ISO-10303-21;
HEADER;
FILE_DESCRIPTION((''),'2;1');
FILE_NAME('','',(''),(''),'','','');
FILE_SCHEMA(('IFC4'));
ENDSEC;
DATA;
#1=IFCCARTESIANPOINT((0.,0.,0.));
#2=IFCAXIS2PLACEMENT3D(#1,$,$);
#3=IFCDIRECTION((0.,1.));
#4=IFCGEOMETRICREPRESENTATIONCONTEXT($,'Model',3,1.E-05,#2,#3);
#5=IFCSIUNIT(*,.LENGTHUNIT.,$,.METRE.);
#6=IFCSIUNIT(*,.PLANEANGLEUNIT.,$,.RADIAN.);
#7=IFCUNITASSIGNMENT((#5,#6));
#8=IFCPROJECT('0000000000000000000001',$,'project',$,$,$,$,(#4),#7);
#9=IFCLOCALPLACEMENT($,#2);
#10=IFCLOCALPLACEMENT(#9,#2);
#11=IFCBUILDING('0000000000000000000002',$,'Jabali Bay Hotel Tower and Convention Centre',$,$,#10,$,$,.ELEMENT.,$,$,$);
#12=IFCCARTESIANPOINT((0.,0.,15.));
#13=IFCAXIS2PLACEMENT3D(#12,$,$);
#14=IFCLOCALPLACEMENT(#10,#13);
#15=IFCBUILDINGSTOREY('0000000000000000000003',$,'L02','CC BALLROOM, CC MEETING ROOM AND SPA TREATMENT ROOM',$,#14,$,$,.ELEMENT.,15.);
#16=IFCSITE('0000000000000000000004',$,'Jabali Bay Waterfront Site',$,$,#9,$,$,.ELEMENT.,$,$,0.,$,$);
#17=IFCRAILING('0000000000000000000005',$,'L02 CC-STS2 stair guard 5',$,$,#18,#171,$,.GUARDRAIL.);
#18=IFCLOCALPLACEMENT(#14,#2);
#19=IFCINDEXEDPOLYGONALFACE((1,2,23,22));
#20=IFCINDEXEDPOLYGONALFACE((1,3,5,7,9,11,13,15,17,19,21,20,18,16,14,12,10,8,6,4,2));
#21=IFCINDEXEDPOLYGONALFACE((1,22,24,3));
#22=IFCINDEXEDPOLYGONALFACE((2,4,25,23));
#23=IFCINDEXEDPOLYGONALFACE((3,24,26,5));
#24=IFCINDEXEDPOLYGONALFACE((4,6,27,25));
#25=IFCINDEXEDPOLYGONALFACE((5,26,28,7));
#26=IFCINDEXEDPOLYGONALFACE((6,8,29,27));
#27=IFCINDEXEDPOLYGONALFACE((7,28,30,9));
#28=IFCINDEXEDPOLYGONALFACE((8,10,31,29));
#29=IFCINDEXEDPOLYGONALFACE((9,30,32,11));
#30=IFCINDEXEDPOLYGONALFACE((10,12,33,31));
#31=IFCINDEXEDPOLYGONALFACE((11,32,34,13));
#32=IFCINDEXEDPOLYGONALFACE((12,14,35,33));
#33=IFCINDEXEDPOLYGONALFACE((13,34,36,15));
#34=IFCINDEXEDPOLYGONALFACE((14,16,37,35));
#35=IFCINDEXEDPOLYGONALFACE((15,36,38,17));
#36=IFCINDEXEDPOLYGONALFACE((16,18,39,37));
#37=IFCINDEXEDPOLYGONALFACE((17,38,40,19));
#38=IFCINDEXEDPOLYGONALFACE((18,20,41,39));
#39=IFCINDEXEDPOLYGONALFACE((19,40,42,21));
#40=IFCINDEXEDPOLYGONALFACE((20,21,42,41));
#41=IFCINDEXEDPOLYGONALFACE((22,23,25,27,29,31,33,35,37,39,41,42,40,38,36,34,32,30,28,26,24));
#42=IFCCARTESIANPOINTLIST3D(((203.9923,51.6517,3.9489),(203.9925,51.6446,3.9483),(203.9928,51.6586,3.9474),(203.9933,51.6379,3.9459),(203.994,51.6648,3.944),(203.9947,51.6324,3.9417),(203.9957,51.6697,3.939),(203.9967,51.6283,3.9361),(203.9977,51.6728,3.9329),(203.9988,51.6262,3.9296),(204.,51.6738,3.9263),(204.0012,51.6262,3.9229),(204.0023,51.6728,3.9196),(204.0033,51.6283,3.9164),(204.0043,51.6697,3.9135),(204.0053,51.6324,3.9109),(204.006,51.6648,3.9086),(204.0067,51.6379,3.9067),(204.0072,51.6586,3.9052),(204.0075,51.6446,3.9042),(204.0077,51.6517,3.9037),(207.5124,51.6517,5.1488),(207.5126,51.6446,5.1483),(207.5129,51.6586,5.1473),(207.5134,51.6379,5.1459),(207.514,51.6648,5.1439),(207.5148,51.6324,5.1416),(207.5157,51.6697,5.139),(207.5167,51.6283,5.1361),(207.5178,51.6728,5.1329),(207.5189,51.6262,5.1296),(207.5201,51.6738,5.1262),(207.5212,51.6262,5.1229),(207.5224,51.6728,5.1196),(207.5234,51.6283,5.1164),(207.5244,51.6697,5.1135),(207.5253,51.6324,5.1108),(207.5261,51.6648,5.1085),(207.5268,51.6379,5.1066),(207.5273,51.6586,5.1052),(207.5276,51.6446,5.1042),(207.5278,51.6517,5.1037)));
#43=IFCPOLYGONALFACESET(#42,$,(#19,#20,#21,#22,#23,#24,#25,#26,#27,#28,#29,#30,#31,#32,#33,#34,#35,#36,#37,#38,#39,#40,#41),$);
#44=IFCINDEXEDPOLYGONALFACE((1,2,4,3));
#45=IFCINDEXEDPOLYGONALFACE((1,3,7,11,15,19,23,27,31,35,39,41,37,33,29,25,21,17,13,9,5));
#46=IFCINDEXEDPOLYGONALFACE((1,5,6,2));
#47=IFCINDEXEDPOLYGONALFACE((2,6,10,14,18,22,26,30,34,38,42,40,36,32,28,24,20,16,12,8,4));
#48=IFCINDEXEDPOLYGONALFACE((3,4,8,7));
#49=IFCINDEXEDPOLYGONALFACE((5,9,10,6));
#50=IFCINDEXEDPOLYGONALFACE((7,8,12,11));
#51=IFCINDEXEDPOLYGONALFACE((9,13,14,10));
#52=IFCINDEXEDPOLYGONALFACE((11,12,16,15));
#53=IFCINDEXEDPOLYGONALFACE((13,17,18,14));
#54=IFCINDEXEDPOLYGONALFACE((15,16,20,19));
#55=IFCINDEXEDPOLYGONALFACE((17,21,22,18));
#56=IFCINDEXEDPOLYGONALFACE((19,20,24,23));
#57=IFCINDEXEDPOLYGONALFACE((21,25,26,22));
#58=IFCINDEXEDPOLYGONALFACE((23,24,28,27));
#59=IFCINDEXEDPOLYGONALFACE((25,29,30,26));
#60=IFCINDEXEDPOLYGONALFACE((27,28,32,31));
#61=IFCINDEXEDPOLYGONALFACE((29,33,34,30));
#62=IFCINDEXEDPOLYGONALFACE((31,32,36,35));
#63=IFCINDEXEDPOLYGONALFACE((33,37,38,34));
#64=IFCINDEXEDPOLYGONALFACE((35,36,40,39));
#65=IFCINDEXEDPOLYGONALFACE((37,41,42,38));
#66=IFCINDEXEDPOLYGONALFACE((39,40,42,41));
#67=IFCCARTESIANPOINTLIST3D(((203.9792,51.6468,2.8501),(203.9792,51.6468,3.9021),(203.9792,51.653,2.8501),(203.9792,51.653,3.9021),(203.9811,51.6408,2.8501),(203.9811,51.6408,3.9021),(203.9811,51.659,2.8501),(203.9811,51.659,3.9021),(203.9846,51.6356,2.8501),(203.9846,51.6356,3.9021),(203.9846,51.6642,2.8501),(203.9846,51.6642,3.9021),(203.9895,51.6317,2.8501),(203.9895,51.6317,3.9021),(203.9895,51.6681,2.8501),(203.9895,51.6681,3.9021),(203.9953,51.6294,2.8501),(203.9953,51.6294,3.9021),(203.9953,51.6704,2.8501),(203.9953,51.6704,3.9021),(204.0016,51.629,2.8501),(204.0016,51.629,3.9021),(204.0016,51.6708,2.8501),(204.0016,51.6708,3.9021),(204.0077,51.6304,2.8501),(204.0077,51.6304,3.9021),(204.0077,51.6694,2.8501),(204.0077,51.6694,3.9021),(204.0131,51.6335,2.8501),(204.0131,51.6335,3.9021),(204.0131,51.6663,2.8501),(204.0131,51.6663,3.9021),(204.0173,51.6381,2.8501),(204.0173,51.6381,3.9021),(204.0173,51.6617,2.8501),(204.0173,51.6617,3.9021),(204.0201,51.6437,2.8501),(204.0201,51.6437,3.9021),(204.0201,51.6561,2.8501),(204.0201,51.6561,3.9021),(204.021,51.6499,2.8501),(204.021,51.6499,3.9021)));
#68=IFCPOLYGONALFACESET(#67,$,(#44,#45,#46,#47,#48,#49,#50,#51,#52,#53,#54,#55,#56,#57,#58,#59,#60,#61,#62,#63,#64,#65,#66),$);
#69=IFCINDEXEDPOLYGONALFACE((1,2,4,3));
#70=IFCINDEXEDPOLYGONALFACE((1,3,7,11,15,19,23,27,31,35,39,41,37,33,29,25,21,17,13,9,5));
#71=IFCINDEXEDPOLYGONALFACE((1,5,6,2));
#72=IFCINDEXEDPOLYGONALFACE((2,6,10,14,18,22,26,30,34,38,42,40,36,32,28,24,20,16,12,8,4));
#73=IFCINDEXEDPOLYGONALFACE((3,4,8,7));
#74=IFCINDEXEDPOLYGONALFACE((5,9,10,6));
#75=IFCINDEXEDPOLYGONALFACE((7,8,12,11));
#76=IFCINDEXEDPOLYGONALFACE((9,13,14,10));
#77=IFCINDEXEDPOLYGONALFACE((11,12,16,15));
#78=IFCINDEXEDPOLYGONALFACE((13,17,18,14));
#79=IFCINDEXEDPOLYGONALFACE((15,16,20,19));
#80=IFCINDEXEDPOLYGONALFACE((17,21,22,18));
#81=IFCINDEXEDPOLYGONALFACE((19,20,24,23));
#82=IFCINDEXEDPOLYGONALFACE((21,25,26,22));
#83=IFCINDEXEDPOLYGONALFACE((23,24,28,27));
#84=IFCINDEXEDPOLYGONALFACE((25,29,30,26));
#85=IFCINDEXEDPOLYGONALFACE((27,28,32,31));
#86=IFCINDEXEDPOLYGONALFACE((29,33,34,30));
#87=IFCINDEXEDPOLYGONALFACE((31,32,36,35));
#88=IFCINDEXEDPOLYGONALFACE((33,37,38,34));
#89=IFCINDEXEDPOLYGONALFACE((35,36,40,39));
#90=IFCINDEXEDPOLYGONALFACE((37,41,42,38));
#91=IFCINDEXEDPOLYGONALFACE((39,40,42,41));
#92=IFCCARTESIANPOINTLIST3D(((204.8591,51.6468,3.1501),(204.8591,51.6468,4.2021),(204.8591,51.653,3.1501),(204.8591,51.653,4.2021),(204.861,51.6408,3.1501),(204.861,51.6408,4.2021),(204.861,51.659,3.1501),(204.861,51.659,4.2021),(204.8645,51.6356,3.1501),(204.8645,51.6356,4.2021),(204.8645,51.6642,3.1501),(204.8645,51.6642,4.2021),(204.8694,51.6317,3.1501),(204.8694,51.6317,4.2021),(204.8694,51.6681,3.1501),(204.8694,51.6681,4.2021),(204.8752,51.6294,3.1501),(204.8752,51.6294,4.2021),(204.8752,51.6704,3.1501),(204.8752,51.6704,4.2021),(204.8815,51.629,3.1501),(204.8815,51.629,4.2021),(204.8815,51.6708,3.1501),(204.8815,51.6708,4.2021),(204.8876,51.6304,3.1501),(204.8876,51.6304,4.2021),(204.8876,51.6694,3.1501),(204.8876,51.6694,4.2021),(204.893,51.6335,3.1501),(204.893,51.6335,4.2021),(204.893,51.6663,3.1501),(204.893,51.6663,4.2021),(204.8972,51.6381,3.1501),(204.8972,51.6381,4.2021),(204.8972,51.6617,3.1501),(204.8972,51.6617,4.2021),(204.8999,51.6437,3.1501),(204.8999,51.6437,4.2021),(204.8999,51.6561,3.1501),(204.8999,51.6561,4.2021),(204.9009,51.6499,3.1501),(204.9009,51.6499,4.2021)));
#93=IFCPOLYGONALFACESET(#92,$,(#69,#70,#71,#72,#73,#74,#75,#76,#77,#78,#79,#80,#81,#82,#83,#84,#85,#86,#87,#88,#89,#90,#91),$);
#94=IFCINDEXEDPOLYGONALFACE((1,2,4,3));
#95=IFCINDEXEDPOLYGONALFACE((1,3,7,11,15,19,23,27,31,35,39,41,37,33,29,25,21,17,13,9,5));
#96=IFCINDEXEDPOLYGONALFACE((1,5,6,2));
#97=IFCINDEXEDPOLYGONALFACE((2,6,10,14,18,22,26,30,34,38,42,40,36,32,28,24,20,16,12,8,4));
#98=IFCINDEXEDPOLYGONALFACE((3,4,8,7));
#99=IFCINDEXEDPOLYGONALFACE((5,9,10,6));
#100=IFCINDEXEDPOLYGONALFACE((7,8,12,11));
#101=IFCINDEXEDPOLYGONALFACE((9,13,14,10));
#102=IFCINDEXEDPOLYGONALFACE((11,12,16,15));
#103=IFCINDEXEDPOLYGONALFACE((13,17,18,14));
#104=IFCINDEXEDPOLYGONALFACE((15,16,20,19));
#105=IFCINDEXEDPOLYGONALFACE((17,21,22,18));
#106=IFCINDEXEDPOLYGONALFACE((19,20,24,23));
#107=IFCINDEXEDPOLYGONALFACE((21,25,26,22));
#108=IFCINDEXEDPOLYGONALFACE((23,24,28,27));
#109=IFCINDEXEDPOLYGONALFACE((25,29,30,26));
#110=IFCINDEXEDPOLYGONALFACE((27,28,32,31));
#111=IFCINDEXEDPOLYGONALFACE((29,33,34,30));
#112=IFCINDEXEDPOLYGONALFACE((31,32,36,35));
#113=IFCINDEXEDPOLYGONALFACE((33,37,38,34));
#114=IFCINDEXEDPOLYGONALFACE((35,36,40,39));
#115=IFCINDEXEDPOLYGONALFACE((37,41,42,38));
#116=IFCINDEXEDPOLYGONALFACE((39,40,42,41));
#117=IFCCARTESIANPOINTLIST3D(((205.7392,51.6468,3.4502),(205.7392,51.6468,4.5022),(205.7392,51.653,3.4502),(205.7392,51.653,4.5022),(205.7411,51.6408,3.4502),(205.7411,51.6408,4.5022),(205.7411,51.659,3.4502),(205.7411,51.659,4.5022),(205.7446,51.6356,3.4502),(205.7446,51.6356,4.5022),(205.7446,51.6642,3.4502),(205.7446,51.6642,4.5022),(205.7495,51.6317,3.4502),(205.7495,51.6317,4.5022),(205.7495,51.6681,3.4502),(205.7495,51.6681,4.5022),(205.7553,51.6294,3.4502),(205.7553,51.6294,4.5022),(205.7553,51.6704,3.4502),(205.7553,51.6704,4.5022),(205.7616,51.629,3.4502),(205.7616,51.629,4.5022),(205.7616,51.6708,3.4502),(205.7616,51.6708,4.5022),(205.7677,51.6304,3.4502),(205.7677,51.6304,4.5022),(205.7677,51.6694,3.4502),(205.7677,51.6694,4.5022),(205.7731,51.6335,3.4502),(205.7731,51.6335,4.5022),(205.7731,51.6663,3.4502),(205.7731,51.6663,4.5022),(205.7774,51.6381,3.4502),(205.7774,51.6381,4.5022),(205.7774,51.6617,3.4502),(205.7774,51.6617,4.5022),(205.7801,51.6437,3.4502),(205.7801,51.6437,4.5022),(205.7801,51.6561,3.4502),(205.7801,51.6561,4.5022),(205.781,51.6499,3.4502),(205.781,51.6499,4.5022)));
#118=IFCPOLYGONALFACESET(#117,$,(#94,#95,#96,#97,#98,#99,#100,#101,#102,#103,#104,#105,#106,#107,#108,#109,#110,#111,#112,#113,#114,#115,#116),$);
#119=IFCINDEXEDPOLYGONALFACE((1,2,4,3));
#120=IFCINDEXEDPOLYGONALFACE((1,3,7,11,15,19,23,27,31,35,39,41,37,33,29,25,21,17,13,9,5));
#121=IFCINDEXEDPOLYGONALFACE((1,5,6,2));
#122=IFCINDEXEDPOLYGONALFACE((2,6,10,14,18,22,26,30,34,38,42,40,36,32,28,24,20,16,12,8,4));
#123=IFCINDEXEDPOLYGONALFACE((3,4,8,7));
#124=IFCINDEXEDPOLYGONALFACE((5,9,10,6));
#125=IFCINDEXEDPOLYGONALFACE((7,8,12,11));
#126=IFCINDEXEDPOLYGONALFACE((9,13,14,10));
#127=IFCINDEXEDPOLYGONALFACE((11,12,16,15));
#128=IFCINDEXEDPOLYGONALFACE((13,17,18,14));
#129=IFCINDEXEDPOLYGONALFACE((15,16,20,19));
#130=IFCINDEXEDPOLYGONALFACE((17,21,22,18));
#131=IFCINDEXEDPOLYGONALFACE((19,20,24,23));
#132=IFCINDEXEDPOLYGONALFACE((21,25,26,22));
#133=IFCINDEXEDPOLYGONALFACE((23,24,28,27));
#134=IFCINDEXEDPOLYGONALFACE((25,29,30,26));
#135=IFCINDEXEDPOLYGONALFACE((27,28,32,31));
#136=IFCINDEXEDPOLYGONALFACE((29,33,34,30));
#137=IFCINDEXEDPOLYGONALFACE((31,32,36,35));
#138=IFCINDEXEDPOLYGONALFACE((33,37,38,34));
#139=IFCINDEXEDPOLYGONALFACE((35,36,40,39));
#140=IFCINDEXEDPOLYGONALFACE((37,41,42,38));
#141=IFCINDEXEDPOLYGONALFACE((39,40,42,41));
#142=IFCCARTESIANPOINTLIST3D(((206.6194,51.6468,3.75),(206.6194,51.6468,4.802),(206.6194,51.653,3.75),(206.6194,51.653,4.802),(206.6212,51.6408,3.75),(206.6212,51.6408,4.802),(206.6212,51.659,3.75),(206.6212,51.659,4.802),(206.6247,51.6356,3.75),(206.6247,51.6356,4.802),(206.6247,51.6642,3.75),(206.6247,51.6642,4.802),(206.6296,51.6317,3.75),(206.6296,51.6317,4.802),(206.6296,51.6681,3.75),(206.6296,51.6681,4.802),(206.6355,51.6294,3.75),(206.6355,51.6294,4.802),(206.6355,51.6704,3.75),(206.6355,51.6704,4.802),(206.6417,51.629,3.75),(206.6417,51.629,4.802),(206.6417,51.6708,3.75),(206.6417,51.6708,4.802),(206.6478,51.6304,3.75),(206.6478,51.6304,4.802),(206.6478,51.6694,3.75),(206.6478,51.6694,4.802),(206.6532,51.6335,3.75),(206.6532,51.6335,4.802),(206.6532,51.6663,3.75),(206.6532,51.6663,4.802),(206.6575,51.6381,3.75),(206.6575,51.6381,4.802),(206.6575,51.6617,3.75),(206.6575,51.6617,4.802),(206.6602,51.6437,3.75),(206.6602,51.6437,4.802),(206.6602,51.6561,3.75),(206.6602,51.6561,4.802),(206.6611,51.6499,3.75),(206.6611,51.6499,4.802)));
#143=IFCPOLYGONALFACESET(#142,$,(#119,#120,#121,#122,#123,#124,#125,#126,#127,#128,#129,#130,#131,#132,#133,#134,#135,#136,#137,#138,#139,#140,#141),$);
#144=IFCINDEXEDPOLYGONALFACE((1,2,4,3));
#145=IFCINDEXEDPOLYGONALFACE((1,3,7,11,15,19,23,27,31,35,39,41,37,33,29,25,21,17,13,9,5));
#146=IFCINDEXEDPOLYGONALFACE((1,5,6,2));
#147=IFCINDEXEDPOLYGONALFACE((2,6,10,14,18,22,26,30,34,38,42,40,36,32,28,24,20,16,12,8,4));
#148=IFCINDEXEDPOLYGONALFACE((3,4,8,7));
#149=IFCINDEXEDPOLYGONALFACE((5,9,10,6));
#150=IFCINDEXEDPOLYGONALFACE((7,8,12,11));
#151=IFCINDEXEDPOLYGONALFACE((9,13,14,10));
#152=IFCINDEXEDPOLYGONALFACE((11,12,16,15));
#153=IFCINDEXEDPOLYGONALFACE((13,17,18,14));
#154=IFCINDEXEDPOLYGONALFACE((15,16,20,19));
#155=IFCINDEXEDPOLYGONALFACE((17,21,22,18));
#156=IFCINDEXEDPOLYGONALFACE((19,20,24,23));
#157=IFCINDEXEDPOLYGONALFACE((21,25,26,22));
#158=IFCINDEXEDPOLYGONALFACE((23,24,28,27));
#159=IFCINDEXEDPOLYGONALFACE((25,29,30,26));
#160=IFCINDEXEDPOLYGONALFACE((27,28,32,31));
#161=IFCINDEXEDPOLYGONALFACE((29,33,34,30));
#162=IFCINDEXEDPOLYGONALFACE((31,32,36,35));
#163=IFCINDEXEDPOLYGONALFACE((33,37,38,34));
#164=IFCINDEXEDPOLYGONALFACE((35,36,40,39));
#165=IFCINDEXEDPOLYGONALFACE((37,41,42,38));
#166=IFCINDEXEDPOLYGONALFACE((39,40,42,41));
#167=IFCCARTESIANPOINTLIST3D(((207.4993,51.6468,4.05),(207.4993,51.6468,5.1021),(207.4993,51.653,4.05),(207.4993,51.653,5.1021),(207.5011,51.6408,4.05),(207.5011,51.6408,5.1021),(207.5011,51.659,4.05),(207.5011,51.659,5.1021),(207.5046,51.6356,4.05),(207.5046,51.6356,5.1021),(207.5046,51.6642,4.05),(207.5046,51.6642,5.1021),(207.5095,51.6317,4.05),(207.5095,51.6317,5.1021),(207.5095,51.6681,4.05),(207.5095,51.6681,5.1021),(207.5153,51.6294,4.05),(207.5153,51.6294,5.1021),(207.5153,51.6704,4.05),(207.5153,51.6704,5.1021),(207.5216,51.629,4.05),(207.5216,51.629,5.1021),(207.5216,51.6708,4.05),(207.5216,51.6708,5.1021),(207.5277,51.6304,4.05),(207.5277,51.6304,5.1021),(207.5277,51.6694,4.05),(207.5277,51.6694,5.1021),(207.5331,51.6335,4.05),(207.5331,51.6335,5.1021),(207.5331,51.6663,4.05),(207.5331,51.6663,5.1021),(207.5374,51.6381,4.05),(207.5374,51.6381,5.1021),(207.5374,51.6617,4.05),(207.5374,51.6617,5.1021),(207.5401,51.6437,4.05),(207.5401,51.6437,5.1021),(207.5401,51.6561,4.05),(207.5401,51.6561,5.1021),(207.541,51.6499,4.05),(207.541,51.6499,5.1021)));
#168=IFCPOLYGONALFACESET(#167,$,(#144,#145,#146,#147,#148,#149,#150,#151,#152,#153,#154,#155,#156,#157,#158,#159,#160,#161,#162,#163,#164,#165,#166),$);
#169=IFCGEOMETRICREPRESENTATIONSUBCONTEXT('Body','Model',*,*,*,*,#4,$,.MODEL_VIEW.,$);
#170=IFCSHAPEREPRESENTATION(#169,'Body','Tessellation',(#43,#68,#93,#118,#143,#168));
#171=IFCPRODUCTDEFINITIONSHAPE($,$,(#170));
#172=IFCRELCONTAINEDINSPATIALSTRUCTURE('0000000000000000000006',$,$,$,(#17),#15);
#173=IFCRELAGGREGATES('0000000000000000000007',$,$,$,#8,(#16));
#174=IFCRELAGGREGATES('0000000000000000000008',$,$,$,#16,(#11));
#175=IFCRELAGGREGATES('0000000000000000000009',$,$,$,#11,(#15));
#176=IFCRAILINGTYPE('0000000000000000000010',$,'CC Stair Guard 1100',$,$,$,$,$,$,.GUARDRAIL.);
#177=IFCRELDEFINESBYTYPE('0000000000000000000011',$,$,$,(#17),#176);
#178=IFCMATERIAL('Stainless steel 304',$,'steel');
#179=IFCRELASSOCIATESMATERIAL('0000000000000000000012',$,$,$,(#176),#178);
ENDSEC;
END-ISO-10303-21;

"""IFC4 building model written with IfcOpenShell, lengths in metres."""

from ifc_helpers import new_model, si_unit, direction, frame, origin, origin_2d, place, context, subcontext, project, spatial, circle, extrude, material, type_object, element, save


model = new_model("IFC4")

# Units and contexts
model_context = context("Model", 3, precision=1e-05, world=origin(), true_north=direction((0.0, 1.0)))
body_context = subcontext(model_context, "Body", "Model", "MODEL_VIEW")
ifc_project = project(units=[si_unit("LENGTHUNIT", "METRE"), si_unit("PLANEANGLEUNIT", "RADIAN")], contexts=[model_context])

# Site, building, storey
site_placement = place(None, origin())
site = spatial("IfcSite", under=ifc_project, at=site_placement, Name="Jabali Bay Waterfront Site", CompositionType="ELEMENT", RefElevation=0.0)
building_placement = place(site_placement, origin())
building = spatial("IfcBuilding", under=site, at=building_placement, Name="Jabali Bay Hotel Tower and Convention Centre", CompositionType="ELEMENT")
storey_placement = place(building_placement, frame((0.0, 0.0, 15.0)))
storey = spatial("IfcBuildingStorey", under=building, at=storey_placement, Name="L02", Description="CC BALLROOM, CC MEETING ROOM AND SPA TREATMENT ROOM", CompositionType="ELEMENT", Elevation=15.0)

# Railing
ifc_material_1 = material(Name="Stainless steel 304", Category="steel")
railing_type_1 = type_object("IfcRailingType", Name="CC Stair Guard 1100", PredefinedType="GUARDRAIL", material=ifc_material_1)
railing_1_placement = place(storey_placement, frame((204.0, 51.6499, 2.8501)))
element("IfcRailing", 1, at=railing_1_placement, inside=storey, type_object=railing_type_1, Name="L02 CC-STS2 stair guard 5", PredefinedType="GUARDRAIL", context=body_context, shape_type="SweptSolid", body=[
    extrude(circle(Radius=0.0239, at=origin_2d()), frame((0.0, 0.0, 1.0762), z_axis=(0.946515, 0.0, 0.322661), x_axis=(0.0, 1.0, 0.0)), (0.0, 0.0, 1.0), 3.719),
    extrude(circle(Radius=0.021, at=origin_2d()), origin(), (0.0, 0.0, 1.0), 1.052),
    extrude(circle(Radius=0.021, at=origin_2d()), frame((0.8799, 0.0, 0.3)), (0.0, 0.0, 1.0), 1.052),
    extrude(circle(Radius=0.021, at=origin_2d()), frame((1.76, 0.0, 0.6001)), (0.0, 0.0, 1.0), 1.052),
    extrude(circle(Radius=0.021, at=origin_2d()), frame((2.6401, 0.0, 0.8999)), (0.0, 0.0, 1.0), 1.052),
    extrude(circle(Radius=0.021, at=origin_2d()), frame((3.52, 0.0, 1.2)), (0.0, 0.0, 1.0), 1.052),
])

save(model, "model.ifc")
